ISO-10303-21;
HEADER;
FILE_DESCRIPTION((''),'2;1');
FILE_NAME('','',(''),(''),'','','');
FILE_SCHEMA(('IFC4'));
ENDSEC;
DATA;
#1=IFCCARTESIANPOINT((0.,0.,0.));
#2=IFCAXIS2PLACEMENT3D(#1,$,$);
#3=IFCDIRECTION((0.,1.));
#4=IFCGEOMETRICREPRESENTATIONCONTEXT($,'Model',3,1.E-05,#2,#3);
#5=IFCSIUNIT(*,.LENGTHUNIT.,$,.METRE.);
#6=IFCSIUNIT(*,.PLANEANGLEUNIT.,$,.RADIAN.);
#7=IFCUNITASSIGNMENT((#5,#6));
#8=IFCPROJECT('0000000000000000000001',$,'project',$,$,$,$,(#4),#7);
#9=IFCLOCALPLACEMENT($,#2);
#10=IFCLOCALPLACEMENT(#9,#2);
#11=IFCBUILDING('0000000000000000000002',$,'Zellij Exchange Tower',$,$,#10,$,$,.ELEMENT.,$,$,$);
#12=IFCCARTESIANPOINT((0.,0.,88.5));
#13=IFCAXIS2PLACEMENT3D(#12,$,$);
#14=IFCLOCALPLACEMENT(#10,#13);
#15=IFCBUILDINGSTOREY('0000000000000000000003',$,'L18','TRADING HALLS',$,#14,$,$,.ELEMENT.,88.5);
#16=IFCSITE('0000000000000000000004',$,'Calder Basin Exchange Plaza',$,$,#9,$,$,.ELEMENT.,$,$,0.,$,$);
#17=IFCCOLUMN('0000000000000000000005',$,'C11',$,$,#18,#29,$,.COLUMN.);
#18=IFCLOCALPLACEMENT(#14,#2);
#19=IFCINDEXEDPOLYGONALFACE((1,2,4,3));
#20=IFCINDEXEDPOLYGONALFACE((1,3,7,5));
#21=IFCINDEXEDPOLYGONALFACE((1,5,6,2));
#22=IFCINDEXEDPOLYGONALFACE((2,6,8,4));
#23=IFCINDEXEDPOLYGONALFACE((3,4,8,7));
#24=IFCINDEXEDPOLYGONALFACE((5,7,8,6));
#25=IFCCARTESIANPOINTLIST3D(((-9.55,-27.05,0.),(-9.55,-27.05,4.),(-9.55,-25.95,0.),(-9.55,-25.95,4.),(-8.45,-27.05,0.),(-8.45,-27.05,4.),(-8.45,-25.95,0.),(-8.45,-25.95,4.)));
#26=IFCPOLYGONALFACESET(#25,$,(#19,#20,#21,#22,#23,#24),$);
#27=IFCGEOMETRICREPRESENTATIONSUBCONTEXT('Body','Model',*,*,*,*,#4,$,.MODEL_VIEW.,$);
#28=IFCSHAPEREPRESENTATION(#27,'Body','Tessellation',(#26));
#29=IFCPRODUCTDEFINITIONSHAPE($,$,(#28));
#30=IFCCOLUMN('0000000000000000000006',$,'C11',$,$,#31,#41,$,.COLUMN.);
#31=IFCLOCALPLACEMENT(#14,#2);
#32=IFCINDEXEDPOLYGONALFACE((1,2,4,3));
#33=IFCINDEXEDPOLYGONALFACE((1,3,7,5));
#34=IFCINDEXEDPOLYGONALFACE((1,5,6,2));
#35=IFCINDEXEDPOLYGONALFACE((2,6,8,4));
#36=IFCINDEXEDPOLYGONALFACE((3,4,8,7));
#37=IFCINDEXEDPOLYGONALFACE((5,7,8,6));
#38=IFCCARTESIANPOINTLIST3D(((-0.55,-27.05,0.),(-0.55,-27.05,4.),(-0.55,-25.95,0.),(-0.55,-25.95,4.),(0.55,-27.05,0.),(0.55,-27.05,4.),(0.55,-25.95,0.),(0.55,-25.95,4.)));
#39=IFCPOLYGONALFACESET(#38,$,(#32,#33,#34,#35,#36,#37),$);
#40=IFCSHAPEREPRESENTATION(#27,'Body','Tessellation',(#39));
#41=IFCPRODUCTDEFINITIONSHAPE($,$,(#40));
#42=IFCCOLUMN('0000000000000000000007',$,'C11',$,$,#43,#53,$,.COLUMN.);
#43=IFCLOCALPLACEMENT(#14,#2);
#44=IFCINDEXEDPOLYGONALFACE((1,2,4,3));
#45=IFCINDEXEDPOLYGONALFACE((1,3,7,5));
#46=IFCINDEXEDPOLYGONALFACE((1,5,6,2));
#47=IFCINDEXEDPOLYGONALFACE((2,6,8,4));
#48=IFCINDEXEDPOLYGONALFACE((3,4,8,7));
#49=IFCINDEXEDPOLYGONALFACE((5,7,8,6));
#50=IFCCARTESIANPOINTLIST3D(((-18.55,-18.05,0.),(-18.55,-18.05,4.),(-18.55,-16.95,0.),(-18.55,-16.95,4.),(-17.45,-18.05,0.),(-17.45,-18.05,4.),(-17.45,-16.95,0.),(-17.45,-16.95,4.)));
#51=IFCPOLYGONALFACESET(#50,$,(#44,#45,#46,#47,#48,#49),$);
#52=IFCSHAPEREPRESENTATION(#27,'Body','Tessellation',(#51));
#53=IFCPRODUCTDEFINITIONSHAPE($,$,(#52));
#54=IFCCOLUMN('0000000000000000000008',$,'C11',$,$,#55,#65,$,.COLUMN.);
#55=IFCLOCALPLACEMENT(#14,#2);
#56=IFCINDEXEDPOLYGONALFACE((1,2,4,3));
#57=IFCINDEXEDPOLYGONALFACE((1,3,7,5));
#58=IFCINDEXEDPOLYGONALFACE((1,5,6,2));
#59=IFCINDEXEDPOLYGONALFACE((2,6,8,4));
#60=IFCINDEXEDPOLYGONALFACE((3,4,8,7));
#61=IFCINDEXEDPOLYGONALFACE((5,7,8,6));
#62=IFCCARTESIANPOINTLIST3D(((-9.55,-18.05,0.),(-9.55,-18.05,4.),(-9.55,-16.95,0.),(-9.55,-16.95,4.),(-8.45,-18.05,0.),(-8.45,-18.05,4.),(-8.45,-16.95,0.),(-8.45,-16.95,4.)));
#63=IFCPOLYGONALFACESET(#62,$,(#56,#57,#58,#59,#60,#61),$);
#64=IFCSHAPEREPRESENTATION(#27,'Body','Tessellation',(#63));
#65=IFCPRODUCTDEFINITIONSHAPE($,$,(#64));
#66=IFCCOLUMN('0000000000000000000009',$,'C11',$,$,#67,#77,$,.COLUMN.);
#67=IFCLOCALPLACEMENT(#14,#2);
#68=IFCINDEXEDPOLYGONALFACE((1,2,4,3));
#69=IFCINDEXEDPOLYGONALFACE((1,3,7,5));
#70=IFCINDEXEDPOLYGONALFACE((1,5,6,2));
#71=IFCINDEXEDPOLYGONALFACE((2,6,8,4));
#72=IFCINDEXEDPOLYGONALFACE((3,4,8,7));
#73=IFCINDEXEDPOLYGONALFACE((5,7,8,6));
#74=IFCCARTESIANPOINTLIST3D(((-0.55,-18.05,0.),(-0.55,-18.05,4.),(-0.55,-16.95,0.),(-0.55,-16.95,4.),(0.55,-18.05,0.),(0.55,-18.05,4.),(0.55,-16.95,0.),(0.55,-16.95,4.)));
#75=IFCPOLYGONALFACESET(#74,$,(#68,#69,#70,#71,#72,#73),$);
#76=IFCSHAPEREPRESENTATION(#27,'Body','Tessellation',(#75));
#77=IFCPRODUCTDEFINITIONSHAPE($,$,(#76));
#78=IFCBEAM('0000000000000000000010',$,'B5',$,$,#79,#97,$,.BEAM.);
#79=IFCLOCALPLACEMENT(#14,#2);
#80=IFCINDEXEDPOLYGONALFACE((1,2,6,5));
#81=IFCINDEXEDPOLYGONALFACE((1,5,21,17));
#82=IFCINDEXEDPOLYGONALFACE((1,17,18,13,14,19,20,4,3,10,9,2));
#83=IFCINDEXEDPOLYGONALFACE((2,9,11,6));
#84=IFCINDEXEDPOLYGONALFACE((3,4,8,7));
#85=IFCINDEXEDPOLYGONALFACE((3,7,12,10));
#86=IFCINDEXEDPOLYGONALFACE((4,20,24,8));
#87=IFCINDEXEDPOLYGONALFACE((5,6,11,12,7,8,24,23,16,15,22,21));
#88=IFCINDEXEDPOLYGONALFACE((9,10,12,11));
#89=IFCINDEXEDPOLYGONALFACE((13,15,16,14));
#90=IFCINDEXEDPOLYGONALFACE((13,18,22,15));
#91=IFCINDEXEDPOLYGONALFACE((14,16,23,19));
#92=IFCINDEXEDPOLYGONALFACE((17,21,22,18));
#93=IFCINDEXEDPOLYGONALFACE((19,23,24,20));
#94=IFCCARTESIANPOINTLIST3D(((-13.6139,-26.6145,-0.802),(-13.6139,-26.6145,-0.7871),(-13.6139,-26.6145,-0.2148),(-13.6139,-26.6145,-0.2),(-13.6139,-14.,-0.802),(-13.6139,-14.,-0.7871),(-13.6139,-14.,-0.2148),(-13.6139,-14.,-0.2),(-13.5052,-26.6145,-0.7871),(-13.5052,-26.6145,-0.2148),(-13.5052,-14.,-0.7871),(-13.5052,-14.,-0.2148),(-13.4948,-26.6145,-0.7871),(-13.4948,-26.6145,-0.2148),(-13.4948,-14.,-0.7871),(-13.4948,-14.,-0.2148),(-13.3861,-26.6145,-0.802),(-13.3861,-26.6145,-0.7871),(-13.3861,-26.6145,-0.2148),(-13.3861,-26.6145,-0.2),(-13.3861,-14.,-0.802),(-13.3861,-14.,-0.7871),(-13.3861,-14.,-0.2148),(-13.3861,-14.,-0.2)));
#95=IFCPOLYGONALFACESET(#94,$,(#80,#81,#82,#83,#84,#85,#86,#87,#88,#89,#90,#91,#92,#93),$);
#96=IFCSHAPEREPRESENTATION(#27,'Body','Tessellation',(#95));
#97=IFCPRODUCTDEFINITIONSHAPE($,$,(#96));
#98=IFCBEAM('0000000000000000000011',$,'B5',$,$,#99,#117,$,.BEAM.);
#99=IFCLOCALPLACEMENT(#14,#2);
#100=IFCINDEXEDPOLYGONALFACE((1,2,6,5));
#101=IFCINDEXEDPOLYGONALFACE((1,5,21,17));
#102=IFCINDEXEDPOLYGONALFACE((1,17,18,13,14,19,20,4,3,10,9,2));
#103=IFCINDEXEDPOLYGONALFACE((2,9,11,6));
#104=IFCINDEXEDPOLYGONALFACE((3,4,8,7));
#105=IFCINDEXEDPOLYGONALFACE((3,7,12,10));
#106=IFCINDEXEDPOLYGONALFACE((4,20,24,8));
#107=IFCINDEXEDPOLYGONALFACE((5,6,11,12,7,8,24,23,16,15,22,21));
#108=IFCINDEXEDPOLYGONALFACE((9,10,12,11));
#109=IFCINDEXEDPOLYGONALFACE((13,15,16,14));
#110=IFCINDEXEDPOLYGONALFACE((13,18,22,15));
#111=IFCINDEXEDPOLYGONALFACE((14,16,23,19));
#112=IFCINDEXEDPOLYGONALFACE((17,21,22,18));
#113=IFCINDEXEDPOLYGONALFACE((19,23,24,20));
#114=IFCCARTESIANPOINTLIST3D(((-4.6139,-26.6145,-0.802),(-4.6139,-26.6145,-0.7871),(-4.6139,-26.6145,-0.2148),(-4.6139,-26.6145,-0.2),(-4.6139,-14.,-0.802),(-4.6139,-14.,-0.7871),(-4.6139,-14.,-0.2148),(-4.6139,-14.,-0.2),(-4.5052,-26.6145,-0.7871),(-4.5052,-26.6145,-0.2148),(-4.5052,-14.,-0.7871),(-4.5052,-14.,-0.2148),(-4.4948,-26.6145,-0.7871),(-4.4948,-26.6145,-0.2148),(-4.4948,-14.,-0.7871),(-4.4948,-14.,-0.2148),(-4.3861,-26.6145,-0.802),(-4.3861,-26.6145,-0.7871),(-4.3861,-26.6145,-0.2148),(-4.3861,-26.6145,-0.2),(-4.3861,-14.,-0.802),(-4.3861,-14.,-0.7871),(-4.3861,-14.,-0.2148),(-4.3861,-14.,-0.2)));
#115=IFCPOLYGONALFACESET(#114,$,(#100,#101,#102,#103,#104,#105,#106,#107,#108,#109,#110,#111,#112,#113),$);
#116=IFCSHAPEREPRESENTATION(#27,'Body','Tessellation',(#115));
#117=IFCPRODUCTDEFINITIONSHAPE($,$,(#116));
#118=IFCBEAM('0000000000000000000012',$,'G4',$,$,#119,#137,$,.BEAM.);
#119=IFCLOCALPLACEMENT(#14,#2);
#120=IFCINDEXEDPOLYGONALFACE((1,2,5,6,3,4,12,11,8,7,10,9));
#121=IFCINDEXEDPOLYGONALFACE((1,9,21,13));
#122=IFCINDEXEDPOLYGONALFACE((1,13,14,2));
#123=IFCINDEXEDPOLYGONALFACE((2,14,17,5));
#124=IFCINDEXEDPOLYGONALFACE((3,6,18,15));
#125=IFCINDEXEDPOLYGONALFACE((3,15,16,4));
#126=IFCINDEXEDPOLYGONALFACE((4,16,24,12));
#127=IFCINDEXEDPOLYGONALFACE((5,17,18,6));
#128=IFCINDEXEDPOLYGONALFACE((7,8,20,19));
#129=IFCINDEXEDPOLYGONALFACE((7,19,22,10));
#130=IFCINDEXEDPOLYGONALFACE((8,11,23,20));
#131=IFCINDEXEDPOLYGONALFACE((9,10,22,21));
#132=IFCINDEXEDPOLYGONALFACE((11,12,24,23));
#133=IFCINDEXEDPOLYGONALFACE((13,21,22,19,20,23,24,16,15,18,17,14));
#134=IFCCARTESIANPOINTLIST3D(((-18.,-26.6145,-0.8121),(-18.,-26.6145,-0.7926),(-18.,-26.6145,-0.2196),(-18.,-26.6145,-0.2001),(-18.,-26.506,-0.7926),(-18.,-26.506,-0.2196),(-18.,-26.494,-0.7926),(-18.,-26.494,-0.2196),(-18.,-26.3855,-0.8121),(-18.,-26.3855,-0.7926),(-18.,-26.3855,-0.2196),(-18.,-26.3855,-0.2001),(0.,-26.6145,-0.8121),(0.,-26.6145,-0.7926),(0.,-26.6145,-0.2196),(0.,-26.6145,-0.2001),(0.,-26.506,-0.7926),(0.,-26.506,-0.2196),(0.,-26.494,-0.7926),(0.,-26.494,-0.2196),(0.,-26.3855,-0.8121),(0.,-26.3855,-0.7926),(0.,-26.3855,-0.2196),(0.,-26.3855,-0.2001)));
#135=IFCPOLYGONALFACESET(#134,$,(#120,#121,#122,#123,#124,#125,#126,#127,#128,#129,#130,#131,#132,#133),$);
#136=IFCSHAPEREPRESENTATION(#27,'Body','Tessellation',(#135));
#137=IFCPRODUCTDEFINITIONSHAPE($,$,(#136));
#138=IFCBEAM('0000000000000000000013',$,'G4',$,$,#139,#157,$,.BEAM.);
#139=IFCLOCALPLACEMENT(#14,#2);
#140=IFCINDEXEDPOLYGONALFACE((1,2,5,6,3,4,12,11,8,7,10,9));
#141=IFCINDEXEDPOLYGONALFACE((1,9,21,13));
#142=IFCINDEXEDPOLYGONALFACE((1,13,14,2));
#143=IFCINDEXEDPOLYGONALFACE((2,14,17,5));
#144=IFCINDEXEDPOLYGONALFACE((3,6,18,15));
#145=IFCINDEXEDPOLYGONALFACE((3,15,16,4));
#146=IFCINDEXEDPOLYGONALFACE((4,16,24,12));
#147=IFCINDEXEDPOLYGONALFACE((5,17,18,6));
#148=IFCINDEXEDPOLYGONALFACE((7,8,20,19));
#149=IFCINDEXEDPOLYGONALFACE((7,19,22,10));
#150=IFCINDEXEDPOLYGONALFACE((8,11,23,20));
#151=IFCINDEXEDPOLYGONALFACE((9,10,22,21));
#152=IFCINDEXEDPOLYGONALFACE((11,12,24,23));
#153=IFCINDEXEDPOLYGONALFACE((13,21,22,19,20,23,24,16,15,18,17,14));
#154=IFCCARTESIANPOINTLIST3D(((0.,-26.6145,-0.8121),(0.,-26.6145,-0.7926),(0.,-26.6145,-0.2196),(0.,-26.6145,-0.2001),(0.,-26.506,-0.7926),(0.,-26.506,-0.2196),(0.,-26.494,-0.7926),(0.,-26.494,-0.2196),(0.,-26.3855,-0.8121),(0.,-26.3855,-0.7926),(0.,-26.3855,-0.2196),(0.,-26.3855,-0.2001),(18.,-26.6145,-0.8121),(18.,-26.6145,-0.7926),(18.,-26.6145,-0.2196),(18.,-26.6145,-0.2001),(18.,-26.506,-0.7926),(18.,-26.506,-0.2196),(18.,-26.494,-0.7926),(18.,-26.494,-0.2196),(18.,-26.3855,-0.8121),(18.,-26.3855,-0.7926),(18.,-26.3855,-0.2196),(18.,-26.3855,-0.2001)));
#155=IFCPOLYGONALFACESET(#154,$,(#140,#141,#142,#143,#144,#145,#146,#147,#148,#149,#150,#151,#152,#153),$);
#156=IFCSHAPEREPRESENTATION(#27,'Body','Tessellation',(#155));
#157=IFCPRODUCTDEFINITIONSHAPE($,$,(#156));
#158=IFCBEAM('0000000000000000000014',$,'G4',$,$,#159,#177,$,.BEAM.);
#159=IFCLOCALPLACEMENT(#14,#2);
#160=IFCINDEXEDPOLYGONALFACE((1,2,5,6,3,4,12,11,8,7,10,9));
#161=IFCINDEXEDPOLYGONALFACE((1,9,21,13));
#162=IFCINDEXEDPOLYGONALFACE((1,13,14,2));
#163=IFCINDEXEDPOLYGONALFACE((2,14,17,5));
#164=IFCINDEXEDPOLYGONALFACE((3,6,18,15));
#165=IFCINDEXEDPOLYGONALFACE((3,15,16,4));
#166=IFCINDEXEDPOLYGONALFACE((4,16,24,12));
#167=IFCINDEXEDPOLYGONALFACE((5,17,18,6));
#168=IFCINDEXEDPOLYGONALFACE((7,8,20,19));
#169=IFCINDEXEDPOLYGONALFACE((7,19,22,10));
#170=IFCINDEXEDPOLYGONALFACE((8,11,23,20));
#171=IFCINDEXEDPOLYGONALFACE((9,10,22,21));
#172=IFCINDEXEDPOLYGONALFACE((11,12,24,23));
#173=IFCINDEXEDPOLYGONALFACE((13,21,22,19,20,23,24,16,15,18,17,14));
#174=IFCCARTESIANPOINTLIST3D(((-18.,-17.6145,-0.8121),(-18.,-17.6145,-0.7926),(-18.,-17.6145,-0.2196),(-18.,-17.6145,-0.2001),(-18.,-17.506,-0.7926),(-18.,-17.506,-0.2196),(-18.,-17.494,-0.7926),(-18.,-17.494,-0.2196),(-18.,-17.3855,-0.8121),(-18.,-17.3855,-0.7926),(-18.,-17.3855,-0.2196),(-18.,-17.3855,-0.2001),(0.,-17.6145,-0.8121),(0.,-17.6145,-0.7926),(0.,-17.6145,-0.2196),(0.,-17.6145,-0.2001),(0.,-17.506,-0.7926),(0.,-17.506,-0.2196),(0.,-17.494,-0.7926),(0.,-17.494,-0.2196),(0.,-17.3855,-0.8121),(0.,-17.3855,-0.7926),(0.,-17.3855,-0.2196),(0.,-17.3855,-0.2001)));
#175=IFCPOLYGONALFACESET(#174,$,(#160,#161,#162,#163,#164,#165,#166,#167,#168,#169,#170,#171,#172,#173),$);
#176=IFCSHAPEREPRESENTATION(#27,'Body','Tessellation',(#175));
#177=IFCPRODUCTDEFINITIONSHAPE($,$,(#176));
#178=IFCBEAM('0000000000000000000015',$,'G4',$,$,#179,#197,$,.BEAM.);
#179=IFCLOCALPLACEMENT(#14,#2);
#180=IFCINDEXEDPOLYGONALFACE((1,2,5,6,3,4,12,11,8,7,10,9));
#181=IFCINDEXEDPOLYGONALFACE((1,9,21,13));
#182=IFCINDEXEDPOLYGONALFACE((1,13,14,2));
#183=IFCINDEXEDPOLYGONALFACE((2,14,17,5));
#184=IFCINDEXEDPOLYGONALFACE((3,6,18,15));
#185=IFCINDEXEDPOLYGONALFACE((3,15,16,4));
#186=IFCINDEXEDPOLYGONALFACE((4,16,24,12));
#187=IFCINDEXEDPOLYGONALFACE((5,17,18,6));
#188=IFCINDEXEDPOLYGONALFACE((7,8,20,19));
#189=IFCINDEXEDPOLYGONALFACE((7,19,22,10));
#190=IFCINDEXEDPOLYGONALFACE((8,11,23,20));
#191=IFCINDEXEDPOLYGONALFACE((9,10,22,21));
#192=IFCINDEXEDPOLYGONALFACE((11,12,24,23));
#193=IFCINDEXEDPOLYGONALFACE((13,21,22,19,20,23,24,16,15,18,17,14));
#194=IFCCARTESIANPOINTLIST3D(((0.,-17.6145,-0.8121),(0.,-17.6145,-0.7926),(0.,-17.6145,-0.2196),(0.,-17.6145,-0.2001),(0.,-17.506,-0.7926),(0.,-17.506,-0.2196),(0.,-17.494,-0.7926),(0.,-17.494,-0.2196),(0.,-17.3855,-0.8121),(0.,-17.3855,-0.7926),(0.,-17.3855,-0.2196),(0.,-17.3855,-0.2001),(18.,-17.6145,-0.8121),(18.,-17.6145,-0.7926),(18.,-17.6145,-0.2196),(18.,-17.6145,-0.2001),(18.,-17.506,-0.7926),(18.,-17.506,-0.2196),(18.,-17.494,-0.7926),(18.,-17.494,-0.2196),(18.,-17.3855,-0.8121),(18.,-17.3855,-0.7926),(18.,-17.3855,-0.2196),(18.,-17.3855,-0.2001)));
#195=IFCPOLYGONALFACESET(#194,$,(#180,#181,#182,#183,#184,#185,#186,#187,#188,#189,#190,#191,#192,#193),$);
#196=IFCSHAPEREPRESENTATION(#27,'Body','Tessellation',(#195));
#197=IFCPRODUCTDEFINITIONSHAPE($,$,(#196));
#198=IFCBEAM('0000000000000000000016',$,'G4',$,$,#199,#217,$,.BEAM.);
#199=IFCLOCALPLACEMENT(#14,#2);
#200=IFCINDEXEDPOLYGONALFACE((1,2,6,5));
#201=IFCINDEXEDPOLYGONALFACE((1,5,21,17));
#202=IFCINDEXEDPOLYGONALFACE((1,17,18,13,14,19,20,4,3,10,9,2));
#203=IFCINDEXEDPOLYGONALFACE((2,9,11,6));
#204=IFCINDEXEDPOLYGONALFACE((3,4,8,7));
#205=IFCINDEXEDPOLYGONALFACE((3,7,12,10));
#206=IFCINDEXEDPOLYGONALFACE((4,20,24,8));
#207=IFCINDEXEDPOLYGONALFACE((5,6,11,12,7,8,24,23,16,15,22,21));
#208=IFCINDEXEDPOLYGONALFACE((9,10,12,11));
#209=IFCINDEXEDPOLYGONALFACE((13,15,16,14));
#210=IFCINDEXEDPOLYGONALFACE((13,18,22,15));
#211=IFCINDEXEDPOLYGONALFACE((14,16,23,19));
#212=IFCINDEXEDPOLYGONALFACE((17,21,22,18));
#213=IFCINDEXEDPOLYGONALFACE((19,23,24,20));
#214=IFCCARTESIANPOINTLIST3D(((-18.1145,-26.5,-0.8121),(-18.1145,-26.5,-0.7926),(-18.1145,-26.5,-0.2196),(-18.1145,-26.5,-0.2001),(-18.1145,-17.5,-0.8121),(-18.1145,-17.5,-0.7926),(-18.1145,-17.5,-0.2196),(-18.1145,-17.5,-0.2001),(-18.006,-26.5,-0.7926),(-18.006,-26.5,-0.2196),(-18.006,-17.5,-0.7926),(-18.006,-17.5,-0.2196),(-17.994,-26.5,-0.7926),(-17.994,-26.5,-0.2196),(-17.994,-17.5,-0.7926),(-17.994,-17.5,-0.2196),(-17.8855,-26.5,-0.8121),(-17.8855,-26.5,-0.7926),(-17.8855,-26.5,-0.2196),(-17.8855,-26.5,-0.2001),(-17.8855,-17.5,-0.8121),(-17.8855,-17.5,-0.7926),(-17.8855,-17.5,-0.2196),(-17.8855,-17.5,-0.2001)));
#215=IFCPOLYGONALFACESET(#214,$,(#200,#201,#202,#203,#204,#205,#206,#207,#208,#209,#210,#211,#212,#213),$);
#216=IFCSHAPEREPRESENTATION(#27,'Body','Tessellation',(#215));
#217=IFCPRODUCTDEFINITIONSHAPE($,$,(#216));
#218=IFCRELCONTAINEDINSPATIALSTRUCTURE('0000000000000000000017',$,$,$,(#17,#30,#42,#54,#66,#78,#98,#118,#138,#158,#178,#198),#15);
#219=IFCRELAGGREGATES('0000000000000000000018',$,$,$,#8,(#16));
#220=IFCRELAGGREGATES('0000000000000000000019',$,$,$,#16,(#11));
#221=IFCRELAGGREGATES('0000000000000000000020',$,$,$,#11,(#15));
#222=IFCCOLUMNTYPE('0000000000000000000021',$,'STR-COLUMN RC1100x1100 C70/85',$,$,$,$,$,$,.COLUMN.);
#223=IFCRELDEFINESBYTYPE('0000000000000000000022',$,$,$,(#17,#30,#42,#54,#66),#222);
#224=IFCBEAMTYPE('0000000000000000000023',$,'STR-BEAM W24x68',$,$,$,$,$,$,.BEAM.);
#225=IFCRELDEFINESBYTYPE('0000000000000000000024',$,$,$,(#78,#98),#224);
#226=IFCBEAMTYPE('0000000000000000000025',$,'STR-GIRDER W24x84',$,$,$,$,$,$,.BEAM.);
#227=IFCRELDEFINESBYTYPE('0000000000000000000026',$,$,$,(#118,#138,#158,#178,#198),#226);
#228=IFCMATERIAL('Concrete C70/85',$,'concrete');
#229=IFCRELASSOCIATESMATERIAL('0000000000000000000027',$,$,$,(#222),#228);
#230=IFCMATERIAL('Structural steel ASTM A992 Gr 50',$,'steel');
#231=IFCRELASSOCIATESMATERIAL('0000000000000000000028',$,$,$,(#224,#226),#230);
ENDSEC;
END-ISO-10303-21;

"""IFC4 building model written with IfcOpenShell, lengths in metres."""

from ifc_helpers import new_model, si_unit, direction, frame, origin, origin_2d, place, context, subcontext, project, spatial, rectangle, i_section, extrude, material, material_profile, profile_set, type_object, element, save


model = new_model("IFC4")

# Units and contexts
model_context = context("Model", 3, precision=1e-05, world=origin(), true_north=direction((0.0, 1.0)))
body_context = subcontext(model_context, "Body", "Model", "MODEL_VIEW")
ifc_project = project(units=[si_unit("LENGTHUNIT", "METRE"), si_unit("PLANEANGLEUNIT", "RADIAN")], contexts=[model_context])

# Site, building, storey
site_placement = place(None, origin())
site = spatial("IfcSite", under=ifc_project, at=site_placement, Name="Calder Basin Exchange Plaza", CompositionType="ELEMENT", RefElevation=0.0)
building_placement = place(site_placement, origin())
building = spatial("IfcBuilding", under=site, at=building_placement, Name="Zellij Exchange Tower", CompositionType="ELEMENT")
storey_placement = place(building_placement, frame((0.0, 0.0, 88.5)))
storey = spatial("IfcBuildingStorey", under=building, at=storey_placement, Name="L18", Description="TRADING HALLS", CompositionType="ELEMENT", Elevation=88.5)

# Columns
ifc_material_1 = material(Name="Concrete C70/85", Category="concrete")
ifc_material_profile_1 = material_profile(ifc_material_1, rectangle(XDim=1.1001, YDim=1.1001, at=origin_2d()), Name="STR-COLUMN RC1100x1100 C70/85")
ifc_profile_set_1 = profile_set([ifc_material_profile_1], Name="Concrete C70/85")
column_type = type_object("IfcColumnType", Name="STR-COLUMN RC1100x1100 C70/85", PredefinedType="COLUMN", material=ifc_profile_set_1)
for number, where, z_axis, x_axis, name in (
    (1, (-9.0, -26.5, 0.0), (0.0, 0.0, 1.0), (1.0, 0.0, 0.0), "C11"),
    (2, (0.0, -26.5, 0.0), (0.0, 0.0, 1.0), (1.0, 0.0, 0.0), "C11"),
    (3, (-18.0, -17.5, 0.0), (0.0, 0.0, 1.0), (1.0, 0.0, 0.0), "C11"),
    (4, (-9.0, -17.5, 0.0), (0.0, 0.0, 1.0), (1.0, 0.0, 0.0), "C11"),
    (5, (0.0, -17.5, 0.0), (0.0, 0.0, 1.0), (1.0, 0.0, 0.0), "C11"),
):
    element("IfcColumn", number, at=place(storey_placement, frame(where, z_axis=z_axis, x_axis=x_axis)), inside=storey, type_object=column_type, Name=name, PredefinedType="COLUMN", context=body_context, shape_type="SweptSolid", body=[
        extrude(rectangle(XDim=1.1001, YDim=1.1001, at=origin_2d()), origin(), (0.0, 0.0, 1.0), 4.0),
    ])

# Beams
ifc_material_2 = material(Name="Structural steel ASTM A992 Gr 50", Category="steel")
ifc_material_profile_2 = material_profile(ifc_material_2, i_section(OverallWidth=0.2278, OverallDepth=0.6021, WebThickness=0.0105, FlangeThickness=0.0149, at=origin_2d()), Name="W24x68")
ifc_profile_set_2 = profile_set([ifc_material_profile_2], Name="Structural steel ASTM A992 Gr 50")
beam_type_1 = type_object("IfcBeamType", Name="STR-BEAM W24x68", PredefinedType="BEAM", material=ifc_profile_set_2)
for number, where, z_axis, x_axis, name in (
    (6, (-13.5, -26.6145, -0.501), (0.0, 1.0, 0.0), (-1.0, 0.0, 0.0), "B5"),
    (7, (-4.5, -26.6145, -0.501), (0.0, 1.0, 0.0), (-1.0, 0.0, 0.0), "B5"),
):
    element("IfcBeam", number, at=place(storey_placement, frame(where, z_axis=z_axis, x_axis=x_axis)), inside=storey, type_object=beam_type_1, Name=name, PredefinedType="BEAM", context=body_context, shape_type="SweptSolid", body=[
        extrude(i_section(OverallWidth=0.2278, OverallDepth=0.6021, WebThickness=0.0105, FlangeThickness=0.0149, at=origin_2d()), origin(), (0.0, 0.0, 1.0), 12.6145),
    ])
ifc_material_profile_3 = material_profile(ifc_material_2, i_section(OverallWidth=0.229, OverallDepth=0.6121, WebThickness=0.012, FlangeThickness=0.0195, at=origin_2d()), Name="W24x84")
ifc_profile_set_3 = profile_set([ifc_material_profile_3], Name="Structural steel ASTM A992 Gr 50")
beam_type_2 = type_object("IfcBeamType", Name="STR-GIRDER W24x84", PredefinedType="BEAM", material=ifc_profile_set_3)
for number, where, z_axis, x_axis, name in (
    (8, (-18.0, -26.5, -0.5061), (1.0, 0.0, 0.0), (0.0, 1.0, 0.0), "G4"),
    (9, (0.0, -26.5, -0.5061), (1.0, 0.0, 0.0), (0.0, 1.0, 0.0), "G4"),
    (10, (-18.0, -17.5, -0.5061), (1.0, 0.0, 0.0), (0.0, 1.0, 0.0), "G4"),
    (11, (0.0, -17.5, -0.5061), (1.0, 0.0, 0.0), (0.0, 1.0, 0.0), "G4"),
):
    element("IfcBeam", number, at=place(storey_placement, frame(where, z_axis=z_axis, x_axis=x_axis)), inside=storey, type_object=beam_type_2, Name=name, PredefinedType="BEAM", context=body_context, shape_type="SweptSolid", body=[
        extrude(i_section(OverallWidth=0.229, OverallDepth=0.6121, WebThickness=0.012, FlangeThickness=0.0195, at=origin_2d()), origin(), (0.0, 0.0, 1.0), 18.0),
    ])
for number, where, z_axis, x_axis, name in (
    (12, (-18.0, -26.5, -0.5061), (0.0, 1.0, 0.0), (-1.0, 0.0, 0.0), "G4"),
):
    element("IfcBeam", number, at=place(storey_placement, frame(where, z_axis=z_axis, x_axis=x_axis)), inside=storey, type_object=beam_type_2, Name=name, PredefinedType="BEAM", context=body_context, shape_type="SweptSolid", body=[
        extrude(i_section(OverallWidth=0.229, OverallDepth=0.6121, WebThickness=0.012, FlangeThickness=0.0195, at=origin_2d()), origin(), (0.0, 0.0, 1.0), 9.0),
    ])

save(model, "model.ifc")
